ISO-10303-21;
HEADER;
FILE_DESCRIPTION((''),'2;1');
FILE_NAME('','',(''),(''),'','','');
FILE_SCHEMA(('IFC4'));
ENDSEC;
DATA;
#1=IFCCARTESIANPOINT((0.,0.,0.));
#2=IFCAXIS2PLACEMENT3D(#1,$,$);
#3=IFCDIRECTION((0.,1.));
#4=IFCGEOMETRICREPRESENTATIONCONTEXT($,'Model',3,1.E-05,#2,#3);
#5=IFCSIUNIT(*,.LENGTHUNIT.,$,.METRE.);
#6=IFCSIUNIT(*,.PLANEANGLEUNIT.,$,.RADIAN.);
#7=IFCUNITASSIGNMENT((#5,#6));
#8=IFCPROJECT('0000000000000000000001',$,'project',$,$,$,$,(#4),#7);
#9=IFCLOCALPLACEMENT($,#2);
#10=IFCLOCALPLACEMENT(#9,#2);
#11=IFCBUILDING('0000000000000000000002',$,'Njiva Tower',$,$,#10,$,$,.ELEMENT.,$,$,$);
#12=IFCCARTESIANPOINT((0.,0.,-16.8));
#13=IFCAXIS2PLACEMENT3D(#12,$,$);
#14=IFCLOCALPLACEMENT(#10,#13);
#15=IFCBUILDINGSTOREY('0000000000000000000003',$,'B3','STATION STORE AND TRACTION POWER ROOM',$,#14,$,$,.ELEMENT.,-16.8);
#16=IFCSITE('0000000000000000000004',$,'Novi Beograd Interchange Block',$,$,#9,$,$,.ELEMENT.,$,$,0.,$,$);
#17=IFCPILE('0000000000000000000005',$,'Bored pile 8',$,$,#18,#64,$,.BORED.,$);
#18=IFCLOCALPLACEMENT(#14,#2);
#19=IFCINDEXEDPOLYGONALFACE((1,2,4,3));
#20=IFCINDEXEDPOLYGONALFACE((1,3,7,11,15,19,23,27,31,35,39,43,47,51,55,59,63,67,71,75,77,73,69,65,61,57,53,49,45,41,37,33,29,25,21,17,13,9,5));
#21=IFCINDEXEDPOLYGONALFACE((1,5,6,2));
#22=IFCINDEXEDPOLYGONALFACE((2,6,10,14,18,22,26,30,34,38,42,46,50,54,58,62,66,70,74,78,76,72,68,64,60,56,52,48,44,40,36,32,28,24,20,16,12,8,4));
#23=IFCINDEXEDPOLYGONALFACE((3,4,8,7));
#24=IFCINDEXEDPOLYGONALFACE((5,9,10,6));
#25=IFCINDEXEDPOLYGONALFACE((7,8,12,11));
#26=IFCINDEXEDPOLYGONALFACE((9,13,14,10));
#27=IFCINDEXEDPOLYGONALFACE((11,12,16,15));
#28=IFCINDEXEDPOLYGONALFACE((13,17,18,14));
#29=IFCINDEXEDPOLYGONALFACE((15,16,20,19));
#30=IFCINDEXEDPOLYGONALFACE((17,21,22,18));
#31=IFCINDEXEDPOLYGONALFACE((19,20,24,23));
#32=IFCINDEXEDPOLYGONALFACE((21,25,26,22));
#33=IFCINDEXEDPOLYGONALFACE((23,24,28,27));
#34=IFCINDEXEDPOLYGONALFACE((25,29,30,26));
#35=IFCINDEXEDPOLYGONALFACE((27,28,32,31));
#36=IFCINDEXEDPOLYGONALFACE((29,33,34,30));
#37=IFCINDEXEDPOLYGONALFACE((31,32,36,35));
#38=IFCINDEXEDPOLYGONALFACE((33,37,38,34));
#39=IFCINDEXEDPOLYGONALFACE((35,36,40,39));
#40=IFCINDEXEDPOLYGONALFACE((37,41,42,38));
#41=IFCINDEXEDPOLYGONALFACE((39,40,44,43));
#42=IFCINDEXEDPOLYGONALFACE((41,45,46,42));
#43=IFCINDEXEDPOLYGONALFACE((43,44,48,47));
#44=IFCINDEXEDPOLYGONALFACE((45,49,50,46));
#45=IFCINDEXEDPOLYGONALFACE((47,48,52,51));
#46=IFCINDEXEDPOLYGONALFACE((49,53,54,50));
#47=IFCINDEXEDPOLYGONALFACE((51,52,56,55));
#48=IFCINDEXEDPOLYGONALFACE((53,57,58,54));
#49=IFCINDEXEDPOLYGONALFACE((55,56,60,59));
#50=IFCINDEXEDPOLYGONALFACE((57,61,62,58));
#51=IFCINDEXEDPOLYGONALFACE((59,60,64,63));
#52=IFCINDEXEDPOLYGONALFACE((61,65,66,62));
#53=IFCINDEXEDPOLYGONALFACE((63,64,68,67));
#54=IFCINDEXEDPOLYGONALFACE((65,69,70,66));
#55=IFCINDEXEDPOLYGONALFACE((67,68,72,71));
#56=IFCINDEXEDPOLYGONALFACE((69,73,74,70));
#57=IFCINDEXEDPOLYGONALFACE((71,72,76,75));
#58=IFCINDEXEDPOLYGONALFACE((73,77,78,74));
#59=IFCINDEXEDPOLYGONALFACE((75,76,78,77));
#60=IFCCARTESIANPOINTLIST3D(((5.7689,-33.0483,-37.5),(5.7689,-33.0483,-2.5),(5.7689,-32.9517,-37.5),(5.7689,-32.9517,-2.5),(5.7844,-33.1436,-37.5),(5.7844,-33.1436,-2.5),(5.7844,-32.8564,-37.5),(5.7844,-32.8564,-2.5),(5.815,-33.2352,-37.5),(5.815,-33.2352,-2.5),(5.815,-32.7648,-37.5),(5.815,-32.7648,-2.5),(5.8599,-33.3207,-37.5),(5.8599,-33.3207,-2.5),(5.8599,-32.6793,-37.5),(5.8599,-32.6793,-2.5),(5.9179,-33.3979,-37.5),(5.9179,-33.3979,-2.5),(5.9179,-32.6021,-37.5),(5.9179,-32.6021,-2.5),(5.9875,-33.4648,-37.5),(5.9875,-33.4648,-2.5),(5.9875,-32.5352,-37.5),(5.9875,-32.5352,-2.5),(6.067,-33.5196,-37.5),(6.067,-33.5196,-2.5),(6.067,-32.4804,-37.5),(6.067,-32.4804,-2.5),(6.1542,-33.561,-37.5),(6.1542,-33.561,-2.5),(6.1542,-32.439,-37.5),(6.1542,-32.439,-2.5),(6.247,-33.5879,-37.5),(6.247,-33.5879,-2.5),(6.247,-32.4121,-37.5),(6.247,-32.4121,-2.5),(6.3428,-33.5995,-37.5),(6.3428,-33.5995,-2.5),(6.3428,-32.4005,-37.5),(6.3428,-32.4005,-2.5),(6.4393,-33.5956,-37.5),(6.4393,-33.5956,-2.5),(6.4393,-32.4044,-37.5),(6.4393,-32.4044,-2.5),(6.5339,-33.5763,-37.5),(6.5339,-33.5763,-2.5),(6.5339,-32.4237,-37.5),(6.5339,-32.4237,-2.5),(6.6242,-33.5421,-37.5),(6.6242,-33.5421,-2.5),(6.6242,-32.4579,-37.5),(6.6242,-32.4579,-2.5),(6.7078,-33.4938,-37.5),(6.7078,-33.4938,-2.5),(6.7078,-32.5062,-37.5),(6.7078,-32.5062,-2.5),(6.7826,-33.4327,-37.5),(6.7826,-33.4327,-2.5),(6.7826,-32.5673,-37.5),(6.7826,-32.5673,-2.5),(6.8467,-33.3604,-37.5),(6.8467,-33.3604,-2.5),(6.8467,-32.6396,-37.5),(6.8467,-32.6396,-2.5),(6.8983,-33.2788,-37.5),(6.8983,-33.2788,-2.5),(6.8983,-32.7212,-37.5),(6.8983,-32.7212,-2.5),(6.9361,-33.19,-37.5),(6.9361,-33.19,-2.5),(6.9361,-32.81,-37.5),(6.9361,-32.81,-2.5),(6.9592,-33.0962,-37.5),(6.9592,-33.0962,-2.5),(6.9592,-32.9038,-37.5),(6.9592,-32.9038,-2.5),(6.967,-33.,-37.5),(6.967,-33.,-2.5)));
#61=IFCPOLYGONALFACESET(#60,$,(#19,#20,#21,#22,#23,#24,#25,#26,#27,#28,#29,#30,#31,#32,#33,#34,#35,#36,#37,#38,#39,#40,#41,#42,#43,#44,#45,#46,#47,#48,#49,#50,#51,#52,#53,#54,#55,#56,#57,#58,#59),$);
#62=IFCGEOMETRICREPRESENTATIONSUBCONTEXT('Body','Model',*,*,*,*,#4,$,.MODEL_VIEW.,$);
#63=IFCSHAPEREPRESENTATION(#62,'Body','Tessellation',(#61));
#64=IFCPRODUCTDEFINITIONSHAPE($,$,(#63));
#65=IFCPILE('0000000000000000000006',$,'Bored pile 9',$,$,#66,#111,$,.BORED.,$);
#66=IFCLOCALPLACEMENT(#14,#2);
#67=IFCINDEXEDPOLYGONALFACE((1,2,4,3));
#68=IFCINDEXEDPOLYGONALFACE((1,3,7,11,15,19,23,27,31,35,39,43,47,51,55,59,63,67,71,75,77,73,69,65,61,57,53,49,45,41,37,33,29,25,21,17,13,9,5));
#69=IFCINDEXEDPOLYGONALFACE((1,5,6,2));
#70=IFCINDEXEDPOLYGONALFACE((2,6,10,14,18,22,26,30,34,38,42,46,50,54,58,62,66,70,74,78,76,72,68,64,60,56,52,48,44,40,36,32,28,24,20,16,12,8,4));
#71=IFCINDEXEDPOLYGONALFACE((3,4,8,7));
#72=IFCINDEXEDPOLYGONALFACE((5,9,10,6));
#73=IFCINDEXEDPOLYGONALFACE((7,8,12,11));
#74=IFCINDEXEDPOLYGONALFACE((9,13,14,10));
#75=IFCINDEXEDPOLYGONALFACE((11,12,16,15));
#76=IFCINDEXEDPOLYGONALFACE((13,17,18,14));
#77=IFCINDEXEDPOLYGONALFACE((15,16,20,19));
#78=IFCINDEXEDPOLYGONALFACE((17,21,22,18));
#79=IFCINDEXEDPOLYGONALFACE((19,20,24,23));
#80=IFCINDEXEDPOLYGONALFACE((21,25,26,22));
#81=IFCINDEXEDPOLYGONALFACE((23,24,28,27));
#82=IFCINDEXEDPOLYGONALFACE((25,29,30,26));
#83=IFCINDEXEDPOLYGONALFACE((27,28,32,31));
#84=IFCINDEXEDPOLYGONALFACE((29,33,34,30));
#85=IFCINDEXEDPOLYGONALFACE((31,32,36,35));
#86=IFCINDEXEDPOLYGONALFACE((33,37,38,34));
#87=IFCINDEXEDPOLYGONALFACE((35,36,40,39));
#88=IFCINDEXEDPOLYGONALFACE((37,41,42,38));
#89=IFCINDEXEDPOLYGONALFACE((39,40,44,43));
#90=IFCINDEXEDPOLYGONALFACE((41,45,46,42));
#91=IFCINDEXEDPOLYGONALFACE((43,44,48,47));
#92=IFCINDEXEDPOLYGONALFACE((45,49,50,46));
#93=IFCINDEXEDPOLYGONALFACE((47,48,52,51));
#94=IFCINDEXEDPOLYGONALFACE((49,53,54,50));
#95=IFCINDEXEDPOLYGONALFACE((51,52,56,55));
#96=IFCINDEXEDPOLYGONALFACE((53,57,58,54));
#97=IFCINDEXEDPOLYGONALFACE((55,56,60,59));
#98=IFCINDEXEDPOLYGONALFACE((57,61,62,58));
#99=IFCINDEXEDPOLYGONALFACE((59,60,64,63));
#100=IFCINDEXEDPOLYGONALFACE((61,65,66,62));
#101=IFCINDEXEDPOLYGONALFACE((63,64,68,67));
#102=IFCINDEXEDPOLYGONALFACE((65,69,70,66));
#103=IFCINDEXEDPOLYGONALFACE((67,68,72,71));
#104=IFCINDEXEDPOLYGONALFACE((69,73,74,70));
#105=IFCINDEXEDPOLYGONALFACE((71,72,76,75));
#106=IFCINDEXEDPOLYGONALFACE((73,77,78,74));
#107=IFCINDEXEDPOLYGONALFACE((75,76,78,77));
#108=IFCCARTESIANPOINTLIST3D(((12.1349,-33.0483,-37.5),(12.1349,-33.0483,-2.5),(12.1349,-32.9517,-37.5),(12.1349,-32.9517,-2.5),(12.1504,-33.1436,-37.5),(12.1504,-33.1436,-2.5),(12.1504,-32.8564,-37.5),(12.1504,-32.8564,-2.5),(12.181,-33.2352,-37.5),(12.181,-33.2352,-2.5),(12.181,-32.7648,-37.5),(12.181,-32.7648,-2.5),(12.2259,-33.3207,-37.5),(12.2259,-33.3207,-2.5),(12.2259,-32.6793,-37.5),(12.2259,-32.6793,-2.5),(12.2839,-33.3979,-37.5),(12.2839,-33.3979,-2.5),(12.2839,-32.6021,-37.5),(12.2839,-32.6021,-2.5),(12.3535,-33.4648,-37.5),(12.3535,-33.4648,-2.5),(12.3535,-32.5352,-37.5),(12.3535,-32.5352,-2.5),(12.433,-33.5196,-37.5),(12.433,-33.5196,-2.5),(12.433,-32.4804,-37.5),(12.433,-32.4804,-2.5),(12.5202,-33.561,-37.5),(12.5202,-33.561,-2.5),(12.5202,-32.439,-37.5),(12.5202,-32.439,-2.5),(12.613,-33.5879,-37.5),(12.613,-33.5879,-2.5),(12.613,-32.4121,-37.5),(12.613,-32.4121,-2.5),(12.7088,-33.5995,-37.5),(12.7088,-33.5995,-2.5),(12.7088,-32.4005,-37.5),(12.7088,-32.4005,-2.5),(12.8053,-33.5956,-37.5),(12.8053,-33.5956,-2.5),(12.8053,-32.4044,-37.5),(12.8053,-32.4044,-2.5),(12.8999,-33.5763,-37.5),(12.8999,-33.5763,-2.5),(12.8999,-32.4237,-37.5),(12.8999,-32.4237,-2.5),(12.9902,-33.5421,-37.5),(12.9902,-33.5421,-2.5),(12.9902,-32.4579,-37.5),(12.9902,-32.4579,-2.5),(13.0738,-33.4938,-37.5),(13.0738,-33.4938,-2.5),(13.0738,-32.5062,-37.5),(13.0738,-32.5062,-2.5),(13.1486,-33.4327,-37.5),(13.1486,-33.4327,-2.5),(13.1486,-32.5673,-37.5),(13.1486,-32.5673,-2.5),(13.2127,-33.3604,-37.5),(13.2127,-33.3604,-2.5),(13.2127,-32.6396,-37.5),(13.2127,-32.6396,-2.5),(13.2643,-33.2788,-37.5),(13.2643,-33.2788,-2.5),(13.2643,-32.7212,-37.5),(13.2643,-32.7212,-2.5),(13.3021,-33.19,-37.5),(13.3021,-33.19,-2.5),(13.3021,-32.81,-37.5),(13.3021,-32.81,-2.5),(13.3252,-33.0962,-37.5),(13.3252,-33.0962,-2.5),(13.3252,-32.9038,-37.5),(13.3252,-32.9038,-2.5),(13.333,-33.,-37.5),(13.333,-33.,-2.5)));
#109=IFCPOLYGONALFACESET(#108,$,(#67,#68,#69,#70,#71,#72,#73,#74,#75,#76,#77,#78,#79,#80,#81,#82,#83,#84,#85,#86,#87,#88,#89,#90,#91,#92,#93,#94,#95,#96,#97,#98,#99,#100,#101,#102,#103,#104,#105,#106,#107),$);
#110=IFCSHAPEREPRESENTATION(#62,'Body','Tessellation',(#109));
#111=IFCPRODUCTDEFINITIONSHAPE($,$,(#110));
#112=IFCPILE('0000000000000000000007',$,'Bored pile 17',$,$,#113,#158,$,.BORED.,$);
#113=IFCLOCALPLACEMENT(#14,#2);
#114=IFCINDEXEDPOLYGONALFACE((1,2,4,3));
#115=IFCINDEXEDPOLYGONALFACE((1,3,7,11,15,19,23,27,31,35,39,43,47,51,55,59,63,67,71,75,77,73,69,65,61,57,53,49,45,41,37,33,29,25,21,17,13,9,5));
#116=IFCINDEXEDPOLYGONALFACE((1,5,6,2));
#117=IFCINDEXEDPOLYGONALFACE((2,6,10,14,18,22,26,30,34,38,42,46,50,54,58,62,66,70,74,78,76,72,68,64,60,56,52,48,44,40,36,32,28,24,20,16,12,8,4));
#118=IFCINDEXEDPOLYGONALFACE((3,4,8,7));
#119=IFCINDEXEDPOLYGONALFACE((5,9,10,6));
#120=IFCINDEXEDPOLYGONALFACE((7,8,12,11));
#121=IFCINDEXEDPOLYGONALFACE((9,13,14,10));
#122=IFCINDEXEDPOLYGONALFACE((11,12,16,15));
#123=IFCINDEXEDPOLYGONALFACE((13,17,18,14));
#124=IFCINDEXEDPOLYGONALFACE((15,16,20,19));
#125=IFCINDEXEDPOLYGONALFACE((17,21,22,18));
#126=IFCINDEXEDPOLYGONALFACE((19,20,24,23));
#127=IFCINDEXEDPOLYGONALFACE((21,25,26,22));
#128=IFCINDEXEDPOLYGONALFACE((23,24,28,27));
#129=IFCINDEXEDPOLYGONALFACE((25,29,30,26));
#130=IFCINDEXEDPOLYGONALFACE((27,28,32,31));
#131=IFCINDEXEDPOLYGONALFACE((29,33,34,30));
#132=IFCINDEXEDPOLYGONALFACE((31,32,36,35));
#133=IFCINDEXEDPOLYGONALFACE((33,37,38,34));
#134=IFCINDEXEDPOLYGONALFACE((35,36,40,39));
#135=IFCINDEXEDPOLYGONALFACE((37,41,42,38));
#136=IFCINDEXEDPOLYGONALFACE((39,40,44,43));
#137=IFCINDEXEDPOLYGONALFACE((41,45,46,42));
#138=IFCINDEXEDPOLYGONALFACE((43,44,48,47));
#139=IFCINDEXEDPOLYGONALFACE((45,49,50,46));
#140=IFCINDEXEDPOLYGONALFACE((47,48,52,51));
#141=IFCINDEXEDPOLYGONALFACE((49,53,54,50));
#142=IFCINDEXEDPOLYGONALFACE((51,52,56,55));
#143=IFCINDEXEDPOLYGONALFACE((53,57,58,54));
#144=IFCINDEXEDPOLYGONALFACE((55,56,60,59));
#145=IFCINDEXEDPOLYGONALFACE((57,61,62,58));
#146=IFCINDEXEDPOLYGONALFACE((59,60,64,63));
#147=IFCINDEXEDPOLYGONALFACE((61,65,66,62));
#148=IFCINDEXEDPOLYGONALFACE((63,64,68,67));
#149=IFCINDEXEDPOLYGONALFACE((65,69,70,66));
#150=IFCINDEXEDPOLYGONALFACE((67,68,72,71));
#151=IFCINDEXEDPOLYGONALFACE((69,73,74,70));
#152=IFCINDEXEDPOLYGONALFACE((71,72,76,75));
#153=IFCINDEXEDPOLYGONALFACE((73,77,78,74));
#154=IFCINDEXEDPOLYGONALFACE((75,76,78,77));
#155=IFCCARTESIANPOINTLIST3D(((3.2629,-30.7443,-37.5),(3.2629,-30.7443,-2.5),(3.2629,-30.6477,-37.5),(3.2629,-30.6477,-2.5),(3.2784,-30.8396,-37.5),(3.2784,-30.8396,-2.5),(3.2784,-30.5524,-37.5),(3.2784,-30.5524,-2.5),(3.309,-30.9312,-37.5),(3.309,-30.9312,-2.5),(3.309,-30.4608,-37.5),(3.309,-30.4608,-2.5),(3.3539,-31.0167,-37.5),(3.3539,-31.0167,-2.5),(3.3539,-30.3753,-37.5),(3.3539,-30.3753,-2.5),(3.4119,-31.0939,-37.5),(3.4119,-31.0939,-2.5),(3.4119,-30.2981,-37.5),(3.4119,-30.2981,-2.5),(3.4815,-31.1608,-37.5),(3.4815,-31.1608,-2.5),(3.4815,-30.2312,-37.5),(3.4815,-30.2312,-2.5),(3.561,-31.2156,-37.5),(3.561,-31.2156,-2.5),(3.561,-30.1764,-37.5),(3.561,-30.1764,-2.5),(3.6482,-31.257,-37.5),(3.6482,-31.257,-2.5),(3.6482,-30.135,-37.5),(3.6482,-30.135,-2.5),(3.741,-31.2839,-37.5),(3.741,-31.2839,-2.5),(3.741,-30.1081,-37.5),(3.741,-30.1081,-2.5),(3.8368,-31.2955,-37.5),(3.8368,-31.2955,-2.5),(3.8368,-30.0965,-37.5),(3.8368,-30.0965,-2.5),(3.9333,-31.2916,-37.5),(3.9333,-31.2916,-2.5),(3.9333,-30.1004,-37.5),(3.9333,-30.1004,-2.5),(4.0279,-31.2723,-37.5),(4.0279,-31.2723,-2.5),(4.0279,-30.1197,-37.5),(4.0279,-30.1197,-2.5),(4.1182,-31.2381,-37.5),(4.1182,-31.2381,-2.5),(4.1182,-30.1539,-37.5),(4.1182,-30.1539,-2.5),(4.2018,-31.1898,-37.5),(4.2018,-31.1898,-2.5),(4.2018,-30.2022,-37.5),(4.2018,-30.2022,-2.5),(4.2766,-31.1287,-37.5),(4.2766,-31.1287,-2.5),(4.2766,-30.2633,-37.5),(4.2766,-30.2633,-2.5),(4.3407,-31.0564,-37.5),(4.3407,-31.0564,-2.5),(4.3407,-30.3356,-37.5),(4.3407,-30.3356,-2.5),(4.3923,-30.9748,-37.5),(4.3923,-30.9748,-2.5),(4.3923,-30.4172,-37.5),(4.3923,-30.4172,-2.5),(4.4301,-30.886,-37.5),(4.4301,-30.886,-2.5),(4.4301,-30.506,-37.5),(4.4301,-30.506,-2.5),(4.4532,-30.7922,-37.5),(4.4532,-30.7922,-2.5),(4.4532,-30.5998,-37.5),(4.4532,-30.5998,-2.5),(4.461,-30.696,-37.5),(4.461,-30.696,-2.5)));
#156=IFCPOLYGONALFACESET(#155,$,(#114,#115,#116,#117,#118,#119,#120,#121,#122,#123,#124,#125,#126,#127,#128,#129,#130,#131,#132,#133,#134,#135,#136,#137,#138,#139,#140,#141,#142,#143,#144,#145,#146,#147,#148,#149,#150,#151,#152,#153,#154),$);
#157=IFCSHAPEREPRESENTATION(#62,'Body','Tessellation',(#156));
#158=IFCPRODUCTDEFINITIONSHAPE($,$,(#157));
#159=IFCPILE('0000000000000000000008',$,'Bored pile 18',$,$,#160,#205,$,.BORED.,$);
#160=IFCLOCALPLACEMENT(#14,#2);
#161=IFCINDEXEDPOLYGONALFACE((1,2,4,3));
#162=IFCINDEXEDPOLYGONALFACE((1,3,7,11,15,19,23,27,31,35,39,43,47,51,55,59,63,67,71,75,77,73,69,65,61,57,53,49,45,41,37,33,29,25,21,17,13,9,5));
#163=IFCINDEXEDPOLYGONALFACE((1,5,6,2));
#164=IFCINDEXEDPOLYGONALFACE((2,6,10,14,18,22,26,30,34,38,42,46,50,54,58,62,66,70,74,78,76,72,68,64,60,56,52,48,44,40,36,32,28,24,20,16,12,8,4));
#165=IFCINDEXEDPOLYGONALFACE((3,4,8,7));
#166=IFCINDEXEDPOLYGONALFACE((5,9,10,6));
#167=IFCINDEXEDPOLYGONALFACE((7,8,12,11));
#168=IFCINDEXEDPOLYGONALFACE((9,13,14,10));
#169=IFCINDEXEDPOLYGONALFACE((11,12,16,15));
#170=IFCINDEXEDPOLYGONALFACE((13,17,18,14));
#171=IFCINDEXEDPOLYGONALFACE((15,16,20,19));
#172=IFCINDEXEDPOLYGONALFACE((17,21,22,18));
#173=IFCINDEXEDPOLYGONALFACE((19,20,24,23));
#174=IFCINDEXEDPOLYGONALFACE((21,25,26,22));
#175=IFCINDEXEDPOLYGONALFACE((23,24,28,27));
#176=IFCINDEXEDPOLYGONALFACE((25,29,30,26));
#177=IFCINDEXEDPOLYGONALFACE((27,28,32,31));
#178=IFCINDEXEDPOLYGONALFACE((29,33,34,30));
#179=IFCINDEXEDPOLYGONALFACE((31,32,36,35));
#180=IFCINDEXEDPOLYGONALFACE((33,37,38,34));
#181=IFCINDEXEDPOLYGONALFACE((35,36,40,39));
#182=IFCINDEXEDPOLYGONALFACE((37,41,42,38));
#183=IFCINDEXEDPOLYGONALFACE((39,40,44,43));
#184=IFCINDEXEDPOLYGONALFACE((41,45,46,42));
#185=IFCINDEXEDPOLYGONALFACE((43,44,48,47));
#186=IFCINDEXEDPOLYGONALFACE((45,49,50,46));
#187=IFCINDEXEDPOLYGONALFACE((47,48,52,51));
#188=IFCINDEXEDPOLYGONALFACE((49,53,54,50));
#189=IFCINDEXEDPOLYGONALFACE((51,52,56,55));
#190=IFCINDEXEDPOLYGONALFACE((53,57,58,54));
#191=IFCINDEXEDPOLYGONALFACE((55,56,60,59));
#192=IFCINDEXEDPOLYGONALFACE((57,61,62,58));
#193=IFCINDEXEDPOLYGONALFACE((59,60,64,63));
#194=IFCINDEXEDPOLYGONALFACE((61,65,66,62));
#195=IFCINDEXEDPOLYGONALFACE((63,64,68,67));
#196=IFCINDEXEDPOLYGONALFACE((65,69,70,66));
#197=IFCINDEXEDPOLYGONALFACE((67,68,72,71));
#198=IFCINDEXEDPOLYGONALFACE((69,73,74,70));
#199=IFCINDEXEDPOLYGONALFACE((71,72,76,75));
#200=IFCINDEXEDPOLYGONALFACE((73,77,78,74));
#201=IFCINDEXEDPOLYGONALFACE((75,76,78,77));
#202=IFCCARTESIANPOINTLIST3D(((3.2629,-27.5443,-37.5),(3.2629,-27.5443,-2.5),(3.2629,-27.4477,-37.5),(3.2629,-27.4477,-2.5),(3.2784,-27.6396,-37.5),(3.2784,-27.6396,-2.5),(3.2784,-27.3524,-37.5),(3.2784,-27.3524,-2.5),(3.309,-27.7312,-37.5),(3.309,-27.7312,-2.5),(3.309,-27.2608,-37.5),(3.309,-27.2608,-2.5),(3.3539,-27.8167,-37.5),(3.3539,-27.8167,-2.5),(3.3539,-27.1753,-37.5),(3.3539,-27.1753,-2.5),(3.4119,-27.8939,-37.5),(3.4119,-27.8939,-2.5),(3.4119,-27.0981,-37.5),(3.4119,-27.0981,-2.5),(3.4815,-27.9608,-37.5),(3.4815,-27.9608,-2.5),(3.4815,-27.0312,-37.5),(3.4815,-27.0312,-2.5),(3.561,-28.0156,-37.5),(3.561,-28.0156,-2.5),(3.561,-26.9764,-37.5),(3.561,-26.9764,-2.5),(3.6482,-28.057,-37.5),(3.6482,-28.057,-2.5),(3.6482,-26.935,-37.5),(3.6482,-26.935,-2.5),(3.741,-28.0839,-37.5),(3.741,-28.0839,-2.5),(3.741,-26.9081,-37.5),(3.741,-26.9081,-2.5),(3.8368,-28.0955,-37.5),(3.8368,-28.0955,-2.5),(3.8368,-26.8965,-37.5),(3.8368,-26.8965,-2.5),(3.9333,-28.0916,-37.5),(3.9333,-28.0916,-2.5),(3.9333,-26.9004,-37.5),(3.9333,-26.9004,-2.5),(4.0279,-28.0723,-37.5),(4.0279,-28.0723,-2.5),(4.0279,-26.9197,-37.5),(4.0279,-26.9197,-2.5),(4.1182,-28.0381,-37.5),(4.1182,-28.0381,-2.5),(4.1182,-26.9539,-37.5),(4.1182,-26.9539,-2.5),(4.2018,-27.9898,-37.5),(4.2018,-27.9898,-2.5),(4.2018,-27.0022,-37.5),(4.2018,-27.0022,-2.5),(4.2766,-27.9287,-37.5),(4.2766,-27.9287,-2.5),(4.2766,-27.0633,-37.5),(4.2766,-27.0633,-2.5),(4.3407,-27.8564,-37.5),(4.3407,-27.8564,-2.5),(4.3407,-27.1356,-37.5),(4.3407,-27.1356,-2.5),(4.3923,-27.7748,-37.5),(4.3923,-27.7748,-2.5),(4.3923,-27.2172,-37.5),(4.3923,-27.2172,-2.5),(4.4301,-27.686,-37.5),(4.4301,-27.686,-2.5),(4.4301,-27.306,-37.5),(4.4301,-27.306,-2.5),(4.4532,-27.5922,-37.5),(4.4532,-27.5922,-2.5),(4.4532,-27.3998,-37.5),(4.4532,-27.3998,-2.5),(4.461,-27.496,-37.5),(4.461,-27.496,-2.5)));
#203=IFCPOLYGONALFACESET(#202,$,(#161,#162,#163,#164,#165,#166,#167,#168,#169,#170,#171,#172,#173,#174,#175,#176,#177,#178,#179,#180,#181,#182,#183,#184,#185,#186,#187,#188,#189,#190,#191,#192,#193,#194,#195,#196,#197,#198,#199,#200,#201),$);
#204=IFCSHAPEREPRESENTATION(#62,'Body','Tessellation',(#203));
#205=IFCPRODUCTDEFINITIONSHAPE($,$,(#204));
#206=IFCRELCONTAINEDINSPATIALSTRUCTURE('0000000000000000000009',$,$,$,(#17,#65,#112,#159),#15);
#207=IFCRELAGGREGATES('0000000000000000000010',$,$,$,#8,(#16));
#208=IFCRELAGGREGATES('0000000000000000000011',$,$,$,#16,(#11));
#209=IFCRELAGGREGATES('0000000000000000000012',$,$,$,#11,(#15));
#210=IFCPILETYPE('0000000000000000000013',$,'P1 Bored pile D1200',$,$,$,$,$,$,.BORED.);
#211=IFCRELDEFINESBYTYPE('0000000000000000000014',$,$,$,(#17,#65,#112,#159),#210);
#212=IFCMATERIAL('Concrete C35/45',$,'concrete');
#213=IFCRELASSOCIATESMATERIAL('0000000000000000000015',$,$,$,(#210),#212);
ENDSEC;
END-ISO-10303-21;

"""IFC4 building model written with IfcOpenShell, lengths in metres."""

from ifc_helpers import new_model, si_unit, direction, frame, origin, origin_2d, place, context, subcontext, project, spatial, circle, extrude, material, material_profile, profile_set, type_object, element, save


model = new_model("IFC4")

# Units and contexts
model_context = context("Model", 3, precision=1e-05, world=origin(), true_north=direction((0.0, 1.0)))
body_context = subcontext(model_context, "Body", "Model", "MODEL_VIEW")
ifc_project = project(units=[si_unit("LENGTHUNIT", "METRE"), si_unit("PLANEANGLEUNIT", "RADIAN")], contexts=[model_context])

# Site, building, storey
site_placement = place(None, origin())
site = spatial("IfcSite", under=ifc_project, at=site_placement, Name="Novi Beograd Interchange Block", CompositionType="ELEMENT", RefElevation=0.0)
building_placement = place(site_placement, origin())
building = spatial("IfcBuilding", under=site, at=building_placement, Name="Njiva Tower", CompositionType="ELEMENT")
storey_placement = place(building_placement, frame((0.0, 0.0, -16.8)))
storey = spatial("IfcBuildingStorey", under=building, at=storey_placement, Name="B3", Description="STATION STORE AND TRACTION POWER ROOM", CompositionType="ELEMENT", Elevation=-16.8)

# Piles
ifc_material_1 = material(Name="Concrete C35/45", Category="concrete")
ifc_material_profile_1 = material_profile(ifc_material_1, circle(Radius=0.6, at=origin_2d()), Name="D1200")
ifc_profile_set_1 = profile_set([ifc_material_profile_1], Name="Concrete C35/45")
pile_type = type_object("IfcPileType", Name="P1 Bored pile D1200", PredefinedType="BORED", material=ifc_profile_set_1)
for number, where, z_axis, x_axis, name in (
    (1, (6.367, -33.0, -2.5), (0.0, 0.0, -1.0), (1.0, 0.0, 0.0), "Bored pile 8"),
    (2, (12.733, -33.0, -2.5), (0.0, 0.0, -1.0), (1.0, 0.0, 0.0), "Bored pile 9"),
    (3, (3.861, -30.696, -2.5), (0.0, 0.0, -1.0), (1.0, 0.0, 0.0), "Bored pile 17"),
    (4, (3.861, -27.496, -2.5), (0.0, 0.0, -1.0), (1.0, 0.0, 0.0), "Bored pile 18"),
):
    element("IfcPile", number, at=place(storey_placement, frame(where, z_axis=z_axis, x_axis=x_axis)), inside=storey, type_object=pile_type, Name=name, PredefinedType="BORED", context=body_context, shape_type="SweptSolid", body=[
        extrude(circle(Radius=0.6, at=origin_2d()), origin(), (0.0, 0.0, 1.0), 35.0),
    ])

save(model, "model.ifc")
